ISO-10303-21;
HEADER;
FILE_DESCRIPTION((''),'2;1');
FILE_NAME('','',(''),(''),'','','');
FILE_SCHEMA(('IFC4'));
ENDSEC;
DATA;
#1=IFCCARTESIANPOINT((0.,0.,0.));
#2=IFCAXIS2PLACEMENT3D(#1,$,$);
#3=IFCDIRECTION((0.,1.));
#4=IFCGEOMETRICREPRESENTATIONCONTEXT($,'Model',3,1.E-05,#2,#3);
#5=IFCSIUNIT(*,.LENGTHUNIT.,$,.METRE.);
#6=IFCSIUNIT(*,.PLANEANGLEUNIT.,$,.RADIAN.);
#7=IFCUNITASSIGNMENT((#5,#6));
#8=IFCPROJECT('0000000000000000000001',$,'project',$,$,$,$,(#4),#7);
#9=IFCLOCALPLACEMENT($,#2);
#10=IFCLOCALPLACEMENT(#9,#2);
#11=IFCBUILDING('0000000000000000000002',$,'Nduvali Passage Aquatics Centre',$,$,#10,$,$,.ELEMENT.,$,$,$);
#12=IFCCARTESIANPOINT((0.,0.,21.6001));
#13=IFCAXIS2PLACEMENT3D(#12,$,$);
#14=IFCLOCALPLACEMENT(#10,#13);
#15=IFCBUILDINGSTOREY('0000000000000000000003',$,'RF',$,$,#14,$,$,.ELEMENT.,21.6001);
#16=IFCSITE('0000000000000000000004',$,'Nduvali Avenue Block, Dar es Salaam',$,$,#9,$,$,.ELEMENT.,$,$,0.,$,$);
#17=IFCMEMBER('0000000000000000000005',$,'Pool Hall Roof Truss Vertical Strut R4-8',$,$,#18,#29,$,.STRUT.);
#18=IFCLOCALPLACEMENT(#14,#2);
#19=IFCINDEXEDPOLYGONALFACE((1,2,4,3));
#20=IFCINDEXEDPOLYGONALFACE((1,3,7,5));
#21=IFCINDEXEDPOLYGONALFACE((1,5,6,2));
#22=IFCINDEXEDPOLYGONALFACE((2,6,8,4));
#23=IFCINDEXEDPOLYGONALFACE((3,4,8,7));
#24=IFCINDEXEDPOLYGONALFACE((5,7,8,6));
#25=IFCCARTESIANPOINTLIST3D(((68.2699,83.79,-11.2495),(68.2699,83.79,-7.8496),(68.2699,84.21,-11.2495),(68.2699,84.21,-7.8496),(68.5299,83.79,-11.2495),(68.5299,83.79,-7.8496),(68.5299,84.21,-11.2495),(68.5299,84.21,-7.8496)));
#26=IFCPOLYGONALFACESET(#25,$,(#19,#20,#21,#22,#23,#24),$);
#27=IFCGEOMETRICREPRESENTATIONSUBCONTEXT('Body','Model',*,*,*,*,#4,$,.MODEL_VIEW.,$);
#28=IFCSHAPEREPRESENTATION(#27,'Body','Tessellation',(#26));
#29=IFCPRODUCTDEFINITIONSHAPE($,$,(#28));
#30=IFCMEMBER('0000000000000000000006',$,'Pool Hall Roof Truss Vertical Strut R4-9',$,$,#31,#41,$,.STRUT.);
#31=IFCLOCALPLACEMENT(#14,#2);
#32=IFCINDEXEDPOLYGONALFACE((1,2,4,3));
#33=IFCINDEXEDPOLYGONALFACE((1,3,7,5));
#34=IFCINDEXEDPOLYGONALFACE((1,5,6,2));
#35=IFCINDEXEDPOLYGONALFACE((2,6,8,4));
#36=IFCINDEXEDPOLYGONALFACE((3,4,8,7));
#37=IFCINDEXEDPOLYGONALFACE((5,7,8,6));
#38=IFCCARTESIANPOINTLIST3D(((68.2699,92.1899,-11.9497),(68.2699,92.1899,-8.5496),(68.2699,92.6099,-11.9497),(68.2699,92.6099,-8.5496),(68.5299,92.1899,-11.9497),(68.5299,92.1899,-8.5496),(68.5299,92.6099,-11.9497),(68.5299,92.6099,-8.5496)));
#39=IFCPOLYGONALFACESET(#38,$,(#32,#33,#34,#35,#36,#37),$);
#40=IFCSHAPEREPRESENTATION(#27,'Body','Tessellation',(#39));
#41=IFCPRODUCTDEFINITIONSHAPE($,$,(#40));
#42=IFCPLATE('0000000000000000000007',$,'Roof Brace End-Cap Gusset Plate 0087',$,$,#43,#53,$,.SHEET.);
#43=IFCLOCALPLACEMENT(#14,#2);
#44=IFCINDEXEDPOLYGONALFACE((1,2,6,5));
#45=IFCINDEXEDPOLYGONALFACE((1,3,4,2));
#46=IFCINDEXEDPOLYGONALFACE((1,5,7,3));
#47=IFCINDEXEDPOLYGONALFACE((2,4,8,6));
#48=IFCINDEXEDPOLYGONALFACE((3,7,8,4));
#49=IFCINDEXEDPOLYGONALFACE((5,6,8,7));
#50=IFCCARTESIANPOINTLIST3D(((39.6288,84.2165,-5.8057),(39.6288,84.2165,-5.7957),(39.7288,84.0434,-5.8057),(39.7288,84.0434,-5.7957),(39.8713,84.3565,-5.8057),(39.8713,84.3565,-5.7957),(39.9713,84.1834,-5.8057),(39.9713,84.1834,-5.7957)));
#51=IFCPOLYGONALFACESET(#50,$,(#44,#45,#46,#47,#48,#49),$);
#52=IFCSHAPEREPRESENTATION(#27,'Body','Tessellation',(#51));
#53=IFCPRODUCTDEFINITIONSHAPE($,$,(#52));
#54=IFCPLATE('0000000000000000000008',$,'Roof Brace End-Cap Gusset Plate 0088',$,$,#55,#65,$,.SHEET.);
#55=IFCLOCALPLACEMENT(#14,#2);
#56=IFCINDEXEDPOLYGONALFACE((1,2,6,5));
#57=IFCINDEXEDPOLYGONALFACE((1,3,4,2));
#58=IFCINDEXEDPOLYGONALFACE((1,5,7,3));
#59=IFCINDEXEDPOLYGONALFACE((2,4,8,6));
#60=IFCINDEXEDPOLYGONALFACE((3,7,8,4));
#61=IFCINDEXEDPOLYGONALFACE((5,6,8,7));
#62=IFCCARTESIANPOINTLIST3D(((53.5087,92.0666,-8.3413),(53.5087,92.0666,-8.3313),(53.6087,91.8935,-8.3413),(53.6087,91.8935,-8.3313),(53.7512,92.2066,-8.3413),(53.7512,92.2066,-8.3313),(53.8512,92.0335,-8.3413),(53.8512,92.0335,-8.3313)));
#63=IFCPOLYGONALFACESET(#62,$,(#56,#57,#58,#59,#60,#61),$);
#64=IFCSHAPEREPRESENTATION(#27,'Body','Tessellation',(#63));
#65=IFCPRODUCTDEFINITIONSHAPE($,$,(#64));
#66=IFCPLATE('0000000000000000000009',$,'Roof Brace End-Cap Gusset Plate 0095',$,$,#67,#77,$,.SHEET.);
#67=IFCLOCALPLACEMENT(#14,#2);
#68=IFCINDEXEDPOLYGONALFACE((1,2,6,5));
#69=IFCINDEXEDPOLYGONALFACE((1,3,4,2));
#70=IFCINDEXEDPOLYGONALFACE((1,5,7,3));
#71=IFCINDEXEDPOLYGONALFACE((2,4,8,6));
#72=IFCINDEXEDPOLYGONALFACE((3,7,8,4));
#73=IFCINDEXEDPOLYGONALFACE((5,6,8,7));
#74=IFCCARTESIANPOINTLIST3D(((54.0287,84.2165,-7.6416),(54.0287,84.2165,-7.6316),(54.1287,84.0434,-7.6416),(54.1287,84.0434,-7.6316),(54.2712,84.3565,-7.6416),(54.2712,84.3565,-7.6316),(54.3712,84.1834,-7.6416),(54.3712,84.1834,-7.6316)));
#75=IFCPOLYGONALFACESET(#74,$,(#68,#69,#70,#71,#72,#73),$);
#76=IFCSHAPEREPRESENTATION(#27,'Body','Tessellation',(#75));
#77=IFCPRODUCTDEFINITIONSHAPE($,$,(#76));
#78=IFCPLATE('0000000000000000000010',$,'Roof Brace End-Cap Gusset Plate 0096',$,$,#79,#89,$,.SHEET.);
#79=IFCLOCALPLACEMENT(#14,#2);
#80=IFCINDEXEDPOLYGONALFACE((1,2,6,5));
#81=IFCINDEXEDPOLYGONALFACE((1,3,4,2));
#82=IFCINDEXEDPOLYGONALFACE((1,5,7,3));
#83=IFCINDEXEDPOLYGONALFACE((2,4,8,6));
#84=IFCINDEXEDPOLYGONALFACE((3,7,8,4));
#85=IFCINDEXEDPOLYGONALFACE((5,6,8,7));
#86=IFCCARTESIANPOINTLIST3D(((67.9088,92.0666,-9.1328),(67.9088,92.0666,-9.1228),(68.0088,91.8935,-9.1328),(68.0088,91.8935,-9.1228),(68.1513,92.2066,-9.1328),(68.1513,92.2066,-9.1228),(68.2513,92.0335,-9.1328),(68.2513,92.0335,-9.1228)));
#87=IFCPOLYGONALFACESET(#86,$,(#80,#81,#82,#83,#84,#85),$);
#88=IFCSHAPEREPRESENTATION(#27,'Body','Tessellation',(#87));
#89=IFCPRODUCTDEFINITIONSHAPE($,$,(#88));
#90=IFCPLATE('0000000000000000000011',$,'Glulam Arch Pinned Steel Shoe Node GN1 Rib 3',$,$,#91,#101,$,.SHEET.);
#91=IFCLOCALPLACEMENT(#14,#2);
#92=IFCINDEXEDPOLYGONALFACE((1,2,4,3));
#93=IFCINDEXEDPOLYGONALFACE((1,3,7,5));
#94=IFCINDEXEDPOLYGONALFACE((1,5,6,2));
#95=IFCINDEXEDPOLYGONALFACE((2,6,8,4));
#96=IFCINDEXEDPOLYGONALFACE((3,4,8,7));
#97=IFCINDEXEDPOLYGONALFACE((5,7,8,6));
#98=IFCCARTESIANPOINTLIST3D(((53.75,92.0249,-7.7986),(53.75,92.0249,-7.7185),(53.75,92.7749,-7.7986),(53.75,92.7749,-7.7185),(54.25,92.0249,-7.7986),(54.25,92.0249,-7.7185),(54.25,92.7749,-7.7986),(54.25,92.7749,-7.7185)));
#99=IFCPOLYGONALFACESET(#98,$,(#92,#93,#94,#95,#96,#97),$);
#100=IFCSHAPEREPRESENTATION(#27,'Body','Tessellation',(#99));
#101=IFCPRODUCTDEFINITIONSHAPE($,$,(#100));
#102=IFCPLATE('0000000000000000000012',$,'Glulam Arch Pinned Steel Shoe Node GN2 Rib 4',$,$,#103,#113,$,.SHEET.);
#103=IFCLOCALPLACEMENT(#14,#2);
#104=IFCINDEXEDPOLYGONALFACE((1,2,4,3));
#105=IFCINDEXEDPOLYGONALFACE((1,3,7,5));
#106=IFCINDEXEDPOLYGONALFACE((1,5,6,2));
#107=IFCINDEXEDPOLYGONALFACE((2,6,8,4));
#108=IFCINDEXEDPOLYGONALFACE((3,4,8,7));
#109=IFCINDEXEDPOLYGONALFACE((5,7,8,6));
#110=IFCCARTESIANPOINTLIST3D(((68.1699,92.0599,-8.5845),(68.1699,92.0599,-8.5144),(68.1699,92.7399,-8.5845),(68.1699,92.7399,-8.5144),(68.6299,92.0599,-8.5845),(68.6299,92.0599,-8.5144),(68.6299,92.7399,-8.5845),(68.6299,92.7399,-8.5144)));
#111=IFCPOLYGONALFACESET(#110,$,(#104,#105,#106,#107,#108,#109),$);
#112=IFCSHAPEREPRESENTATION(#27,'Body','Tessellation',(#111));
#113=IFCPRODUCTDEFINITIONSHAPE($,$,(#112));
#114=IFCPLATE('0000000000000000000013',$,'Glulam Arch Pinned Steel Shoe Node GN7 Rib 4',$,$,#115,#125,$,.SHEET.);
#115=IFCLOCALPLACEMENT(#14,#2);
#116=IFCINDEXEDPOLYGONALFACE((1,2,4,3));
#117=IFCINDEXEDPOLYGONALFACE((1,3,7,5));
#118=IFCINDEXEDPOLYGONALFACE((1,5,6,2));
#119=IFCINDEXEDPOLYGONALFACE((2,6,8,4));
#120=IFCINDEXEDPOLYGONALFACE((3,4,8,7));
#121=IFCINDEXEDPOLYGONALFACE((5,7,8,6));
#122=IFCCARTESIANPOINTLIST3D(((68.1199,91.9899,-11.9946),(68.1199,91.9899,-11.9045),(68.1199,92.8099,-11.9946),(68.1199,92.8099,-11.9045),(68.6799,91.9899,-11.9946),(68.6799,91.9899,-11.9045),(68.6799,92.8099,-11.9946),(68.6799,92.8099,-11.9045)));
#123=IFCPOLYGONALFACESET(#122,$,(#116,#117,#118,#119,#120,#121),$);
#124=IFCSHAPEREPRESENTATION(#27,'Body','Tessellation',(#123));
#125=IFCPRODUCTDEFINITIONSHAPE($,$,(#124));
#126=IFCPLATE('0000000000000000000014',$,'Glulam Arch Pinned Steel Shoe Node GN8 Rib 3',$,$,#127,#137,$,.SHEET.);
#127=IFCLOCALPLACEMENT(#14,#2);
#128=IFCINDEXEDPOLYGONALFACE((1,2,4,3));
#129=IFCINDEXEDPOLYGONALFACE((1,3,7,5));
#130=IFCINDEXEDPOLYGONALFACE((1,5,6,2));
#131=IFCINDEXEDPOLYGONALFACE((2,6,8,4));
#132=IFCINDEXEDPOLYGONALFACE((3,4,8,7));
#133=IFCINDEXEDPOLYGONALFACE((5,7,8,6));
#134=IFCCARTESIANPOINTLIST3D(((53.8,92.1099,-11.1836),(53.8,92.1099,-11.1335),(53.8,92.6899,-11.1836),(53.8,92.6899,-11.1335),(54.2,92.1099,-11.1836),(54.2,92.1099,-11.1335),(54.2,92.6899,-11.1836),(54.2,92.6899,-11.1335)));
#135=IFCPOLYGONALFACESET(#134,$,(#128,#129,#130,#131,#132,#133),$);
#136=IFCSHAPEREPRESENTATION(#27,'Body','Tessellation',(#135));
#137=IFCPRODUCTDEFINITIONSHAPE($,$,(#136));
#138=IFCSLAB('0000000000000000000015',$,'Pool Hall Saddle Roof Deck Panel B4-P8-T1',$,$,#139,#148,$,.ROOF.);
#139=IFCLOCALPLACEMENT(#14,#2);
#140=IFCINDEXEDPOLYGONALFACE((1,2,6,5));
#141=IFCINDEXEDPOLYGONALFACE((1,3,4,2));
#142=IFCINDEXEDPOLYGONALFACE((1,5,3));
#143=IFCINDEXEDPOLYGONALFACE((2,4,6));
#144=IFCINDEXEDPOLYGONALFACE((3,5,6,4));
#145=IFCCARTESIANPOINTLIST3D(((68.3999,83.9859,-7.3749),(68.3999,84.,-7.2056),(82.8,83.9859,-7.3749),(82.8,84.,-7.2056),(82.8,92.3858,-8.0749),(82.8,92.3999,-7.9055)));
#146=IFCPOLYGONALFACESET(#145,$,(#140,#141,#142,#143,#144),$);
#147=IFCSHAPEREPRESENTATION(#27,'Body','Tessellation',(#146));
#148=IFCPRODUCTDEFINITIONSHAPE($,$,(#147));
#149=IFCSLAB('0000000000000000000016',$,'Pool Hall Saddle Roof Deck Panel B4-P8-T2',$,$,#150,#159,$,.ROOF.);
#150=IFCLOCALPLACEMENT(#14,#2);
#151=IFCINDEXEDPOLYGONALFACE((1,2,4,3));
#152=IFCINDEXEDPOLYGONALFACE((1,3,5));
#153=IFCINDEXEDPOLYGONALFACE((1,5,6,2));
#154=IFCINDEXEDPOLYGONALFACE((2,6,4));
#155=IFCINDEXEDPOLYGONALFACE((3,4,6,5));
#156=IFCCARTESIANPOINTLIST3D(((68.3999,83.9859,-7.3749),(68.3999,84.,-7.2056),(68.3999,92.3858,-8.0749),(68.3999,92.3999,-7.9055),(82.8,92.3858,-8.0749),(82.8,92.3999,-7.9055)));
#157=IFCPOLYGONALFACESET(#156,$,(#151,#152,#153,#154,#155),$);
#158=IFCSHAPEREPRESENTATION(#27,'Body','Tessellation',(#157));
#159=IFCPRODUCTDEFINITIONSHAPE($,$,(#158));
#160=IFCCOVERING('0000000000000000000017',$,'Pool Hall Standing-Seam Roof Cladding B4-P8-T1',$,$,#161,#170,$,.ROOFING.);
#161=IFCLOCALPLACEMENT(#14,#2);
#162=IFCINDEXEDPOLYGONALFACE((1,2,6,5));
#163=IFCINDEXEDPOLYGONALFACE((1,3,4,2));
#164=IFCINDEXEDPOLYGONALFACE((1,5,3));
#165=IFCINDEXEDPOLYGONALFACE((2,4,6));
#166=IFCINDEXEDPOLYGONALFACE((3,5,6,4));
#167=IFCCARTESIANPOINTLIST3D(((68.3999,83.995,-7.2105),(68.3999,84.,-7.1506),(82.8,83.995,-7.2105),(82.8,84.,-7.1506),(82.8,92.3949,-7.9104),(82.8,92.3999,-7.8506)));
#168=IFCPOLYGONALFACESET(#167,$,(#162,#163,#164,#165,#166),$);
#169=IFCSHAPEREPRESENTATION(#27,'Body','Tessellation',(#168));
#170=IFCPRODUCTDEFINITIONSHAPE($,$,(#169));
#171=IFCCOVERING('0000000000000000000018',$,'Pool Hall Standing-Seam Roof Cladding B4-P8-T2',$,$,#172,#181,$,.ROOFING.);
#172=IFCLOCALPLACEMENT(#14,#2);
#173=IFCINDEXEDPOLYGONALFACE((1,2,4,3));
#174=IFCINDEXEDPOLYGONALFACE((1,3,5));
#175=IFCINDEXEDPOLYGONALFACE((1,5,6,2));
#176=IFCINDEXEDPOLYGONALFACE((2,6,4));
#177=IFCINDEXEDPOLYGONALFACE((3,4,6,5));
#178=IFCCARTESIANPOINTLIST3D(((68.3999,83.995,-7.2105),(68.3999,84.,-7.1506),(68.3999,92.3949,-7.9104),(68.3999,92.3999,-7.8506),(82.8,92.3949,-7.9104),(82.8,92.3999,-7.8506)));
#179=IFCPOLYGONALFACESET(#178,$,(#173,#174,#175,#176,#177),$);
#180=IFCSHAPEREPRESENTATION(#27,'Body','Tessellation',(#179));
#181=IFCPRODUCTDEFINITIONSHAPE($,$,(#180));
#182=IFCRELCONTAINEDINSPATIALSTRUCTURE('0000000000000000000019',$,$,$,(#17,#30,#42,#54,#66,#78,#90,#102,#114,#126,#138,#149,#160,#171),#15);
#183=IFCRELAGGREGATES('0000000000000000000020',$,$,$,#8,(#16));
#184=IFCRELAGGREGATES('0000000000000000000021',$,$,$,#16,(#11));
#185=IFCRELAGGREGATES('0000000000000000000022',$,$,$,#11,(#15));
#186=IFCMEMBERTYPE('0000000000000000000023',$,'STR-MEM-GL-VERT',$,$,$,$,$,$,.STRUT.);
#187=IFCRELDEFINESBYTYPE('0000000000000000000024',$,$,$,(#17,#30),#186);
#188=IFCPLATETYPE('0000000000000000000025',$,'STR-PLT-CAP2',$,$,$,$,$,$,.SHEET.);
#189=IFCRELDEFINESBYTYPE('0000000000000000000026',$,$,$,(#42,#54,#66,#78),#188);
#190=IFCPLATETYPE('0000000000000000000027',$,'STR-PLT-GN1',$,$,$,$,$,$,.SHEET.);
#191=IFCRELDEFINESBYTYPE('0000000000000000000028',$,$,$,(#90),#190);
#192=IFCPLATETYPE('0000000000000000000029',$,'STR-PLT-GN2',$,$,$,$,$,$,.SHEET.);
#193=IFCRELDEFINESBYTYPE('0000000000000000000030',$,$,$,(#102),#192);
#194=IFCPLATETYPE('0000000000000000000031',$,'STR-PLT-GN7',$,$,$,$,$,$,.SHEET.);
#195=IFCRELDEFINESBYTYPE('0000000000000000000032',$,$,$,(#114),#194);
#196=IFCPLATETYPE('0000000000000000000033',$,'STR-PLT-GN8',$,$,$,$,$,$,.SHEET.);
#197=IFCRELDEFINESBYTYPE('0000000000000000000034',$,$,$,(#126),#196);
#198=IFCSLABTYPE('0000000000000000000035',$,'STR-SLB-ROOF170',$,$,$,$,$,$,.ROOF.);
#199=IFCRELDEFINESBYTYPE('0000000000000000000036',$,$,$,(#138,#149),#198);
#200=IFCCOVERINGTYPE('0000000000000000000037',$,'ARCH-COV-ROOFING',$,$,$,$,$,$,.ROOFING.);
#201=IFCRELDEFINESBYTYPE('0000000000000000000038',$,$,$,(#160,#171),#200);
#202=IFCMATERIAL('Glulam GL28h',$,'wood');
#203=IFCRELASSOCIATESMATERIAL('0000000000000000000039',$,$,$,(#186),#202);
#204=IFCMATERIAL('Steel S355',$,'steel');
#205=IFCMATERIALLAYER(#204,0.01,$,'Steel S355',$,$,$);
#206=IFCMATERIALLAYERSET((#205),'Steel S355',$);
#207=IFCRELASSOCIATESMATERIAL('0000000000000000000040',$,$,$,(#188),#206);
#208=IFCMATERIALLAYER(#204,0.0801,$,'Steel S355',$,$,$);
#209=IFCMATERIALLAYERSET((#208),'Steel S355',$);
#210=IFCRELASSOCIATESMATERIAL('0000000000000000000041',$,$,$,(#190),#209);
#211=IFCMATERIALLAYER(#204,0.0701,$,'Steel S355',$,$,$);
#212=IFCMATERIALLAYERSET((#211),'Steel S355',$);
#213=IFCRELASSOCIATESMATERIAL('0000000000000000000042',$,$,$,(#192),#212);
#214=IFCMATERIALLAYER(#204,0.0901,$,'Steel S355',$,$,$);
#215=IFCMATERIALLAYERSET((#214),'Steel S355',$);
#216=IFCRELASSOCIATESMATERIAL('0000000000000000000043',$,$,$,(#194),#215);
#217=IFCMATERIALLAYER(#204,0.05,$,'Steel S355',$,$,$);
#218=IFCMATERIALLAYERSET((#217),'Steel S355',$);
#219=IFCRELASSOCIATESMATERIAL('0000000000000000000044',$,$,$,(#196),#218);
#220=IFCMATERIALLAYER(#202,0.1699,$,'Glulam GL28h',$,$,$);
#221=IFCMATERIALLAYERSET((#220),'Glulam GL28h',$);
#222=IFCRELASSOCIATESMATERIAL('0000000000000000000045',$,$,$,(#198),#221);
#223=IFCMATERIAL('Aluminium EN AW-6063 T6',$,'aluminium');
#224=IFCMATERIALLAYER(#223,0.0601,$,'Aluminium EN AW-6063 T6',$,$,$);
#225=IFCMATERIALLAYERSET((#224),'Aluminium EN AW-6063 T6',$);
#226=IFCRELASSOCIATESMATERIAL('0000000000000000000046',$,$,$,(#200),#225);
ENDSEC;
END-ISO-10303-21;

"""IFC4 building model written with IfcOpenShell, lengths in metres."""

from ifc_helpers import new_model, si_unit, direction, frame, origin, origin_2d, place, context, subcontext, project, spatial, polyline, rectangle, outline, extrude, material, layer, layer_set, material_profile, profile_set, type_object, element, save


model = new_model("IFC4")

# Units and contexts
model_context = context("Model", 3, precision=1e-05, world=origin(), true_north=direction((0.0, 1.0)))
body_context = subcontext(model_context, "Body", "Model", "MODEL_VIEW")
ifc_project = project(units=[si_unit("LENGTHUNIT", "METRE"), si_unit("PLANEANGLEUNIT", "RADIAN")], contexts=[model_context])

# Site, building, storey
site_placement = place(None, origin())
site = spatial("IfcSite", under=ifc_project, at=site_placement, Name="Nduvali Avenue Block, Dar es Salaam", CompositionType="ELEMENT", RefElevation=0.0)
building_placement = place(site_placement, origin())
building = spatial("IfcBuilding", under=site, at=building_placement, Name="Nduvali Passage Aquatics Centre", CompositionType="ELEMENT")
storey_placement = place(building_placement, frame((0.0, 0.0, 21.6001)))
storey = spatial("IfcBuildingStorey", under=building, at=storey_placement, Name="RF", CompositionType="ELEMENT", Elevation=21.6001)

# Shared definitions
ifc_material_1 = material(Name="Steel S355", Category="steel")

# Members
ifc_material_2 = material(Name="Glulam GL28h", Category="wood")
ifc_material_profile_1 = material_profile(ifc_material_2, rectangle(XDim=0.26, YDim=0.4199, at=origin_2d()), Name="GL28h 260x420")
ifc_profile_set_1 = profile_set([ifc_material_profile_1], Name="Glulam GL28h")
member_type_1 = type_object("IfcMemberType", Name="STR-MEM-GL-VERT", PredefinedType="STRUT", material=ifc_profile_set_1)
for number, where, z_axis, x_axis, name in (
    (1, (68.3999, 84.0, -11.2495), (0.0, 0.0, 1.0), (1.0, 0.0, 0.0), "Pool Hall Roof Truss Vertical Strut R4-8"),
):
    element("IfcMember", number, at=place(storey_placement, frame(where, z_axis=z_axis, x_axis=x_axis)), inside=storey, type_object=member_type_1, Name=name, PredefinedType="STRUT", context=body_context, shape_type="SweptSolid", body=[
        extrude(rectangle(XDim=0.26, YDim=0.4199, at=origin_2d()), origin(), (0.0, 0.0, 1.0), 3.3999),
    ])
member_1_placement = place(storey_placement, frame((68.3999, 92.3999, -11.9497), z_axis=(0.0, 0.0, 1.0), x_axis=(1.0, 0.0, 0.0)))
element("IfcMember", 2, at=member_1_placement, inside=storey, type_object=member_type_1, Name="Pool Hall Roof Truss Vertical Strut R4-9", PredefinedType="STRUT", context=body_context, shape_type="SweptSolid", body=[
    extrude(rectangle(XDim=0.26, YDim=0.4199, at=origin_2d()), origin(), (0.0, 0.0, 1.0), 3.4001),
])

# Plates
ifc_layer_1 = layer(ifc_material_1, 0.01, Name="Steel S355")
ifc_layer_set_1 = layer_set([ifc_layer_1], Name="Steel S355")
plate_type_1 = type_object("IfcPlateType", Name="STR-PLT-CAP2", PredefinedType="SHEET", material=ifc_layer_set_1)
for number, where, z_axis, x_axis, name in (
    (3, (39.8, 84.2, -5.8057), (0.0, 0.0, 1.0), (0.866025, 0.5, 0.0), "Roof Brace End-Cap Gusset Plate 0087"),
    (4, (53.6799, 92.05, -8.3413), (0.0, 0.0, 1.0), (0.866025, 0.5, 0.0), "Roof Brace End-Cap Gusset Plate 0088"),
    (5, (54.2, 84.2, -7.6416), (0.0, 0.0, 1.0), (0.866025, 0.5, 0.0), "Roof Brace End-Cap Gusset Plate 0095"),
    (6, (68.0801, 92.05, -9.1328), (0.0, 0.0, 1.0), (0.866025, 0.5, 0.0), "Roof Brace End-Cap Gusset Plate 0096"),
):
    element("IfcPlate", number, at=place(storey_placement, frame(where, z_axis=z_axis, x_axis=x_axis)), inside=storey, type_object=plate_type_1, Name=name, PredefinedType="SHEET", context=body_context, shape_type="SweptSolid", body=[
        extrude(rectangle(XDim=0.28, YDim=0.2, at=origin_2d()), origin(), (0.0, 0.0, 1.0), 0.01),
    ])
ifc_layer_2 = layer(ifc_material_1, 0.0801, Name="Steel S355")
ifc_layer_set_2 = layer_set([ifc_layer_2], Name="Steel S355")
plate_type_2 = type_object("IfcPlateType", Name="STR-PLT-GN1", PredefinedType="SHEET", material=ifc_layer_set_2)
plate_1_placement = place(storey_placement, frame((54.0, 92.3999, -7.7986), z_axis=(0.0, 0.0, 1.0), x_axis=(0.0, 1.0, 0.0)))
element("IfcPlate", 7, at=plate_1_placement, inside=storey, type_object=plate_type_2, Name="Glulam Arch Pinned Steel Shoe Node GN1 Rib 3", PredefinedType="SHEET", context=body_context, shape_type="SweptSolid", body=[
    extrude(rectangle(XDim=0.75, YDim=0.5, at=origin_2d()), origin(), (0.0, 0.0, 1.0), 0.0801),
])
ifc_layer_3 = layer(ifc_material_1, 0.0701, Name="Steel S355")
ifc_layer_set_3 = layer_set([ifc_layer_3], Name="Steel S355")
plate_type_3 = type_object("IfcPlateType", Name="STR-PLT-GN2", PredefinedType="SHEET", material=ifc_layer_set_3)
plate_2_placement = place(storey_placement, frame((68.3999, 92.3999, -8.5845), z_axis=(0.0, 0.0, 1.0), x_axis=(0.0, 1.0, 0.0)))
element("IfcPlate", 8, at=plate_2_placement, inside=storey, type_object=plate_type_3, Name="Glulam Arch Pinned Steel Shoe Node GN2 Rib 4", PredefinedType="SHEET", context=body_context, shape_type="SweptSolid", body=[
    extrude(rectangle(XDim=0.6799, YDim=0.46, at=origin_2d()), origin(), (0.0, 0.0, 1.0), 0.0701),
])
ifc_layer_4 = layer(ifc_material_1, 0.0901, Name="Steel S355")
ifc_layer_set_4 = layer_set([ifc_layer_4], Name="Steel S355")
plate_type_4 = type_object("IfcPlateType", Name="STR-PLT-GN7", PredefinedType="SHEET", material=ifc_layer_set_4)
plate_3_placement = place(storey_placement, frame((68.3999, 92.3999, -11.9946), z_axis=(0.0, 0.0, 1.0), x_axis=(0.0, 1.0, 0.0)))
element("IfcPlate", 9, at=plate_3_placement, inside=storey, type_object=plate_type_4, Name="Glulam Arch Pinned Steel Shoe Node GN7 Rib 4", PredefinedType="SHEET", context=body_context, shape_type="SweptSolid", body=[
    extrude(rectangle(XDim=0.8201, YDim=0.5601, at=origin_2d()), origin(), (0.0, 0.0, 1.0), 0.0901),
])
ifc_layer_5 = layer(ifc_material_1, 0.05, Name="Steel S355")
ifc_layer_set_5 = layer_set([ifc_layer_5], Name="Steel S355")
plate_type_5 = type_object("IfcPlateType", Name="STR-PLT-GN8", PredefinedType="SHEET", material=ifc_layer_set_5)
plate_4_placement = place(storey_placement, frame((54.0, 92.3999, -11.1836), z_axis=(0.0, 0.0, 1.0), x_axis=(0.0, 1.0, 0.0)))
element("IfcPlate", 10, at=plate_4_placement, inside=storey, type_object=plate_type_5, Name="Glulam Arch Pinned Steel Shoe Node GN8 Rib 3", PredefinedType="SHEET", context=body_context, shape_type="SweptSolid", body=[
    extrude(rectangle(XDim=0.5801, YDim=0.3999, at=origin_2d()), origin(), (0.0, 0.0, 1.0), 0.05),
])

# Slabs
ifc_layer_6 = layer(ifc_material_2, 0.1699, Name="Glulam GL28h")
ifc_layer_set_6 = layer_set([ifc_layer_6], Name="Glulam GL28h")
slab_type = type_object("IfcSlabType", Name="STR-SLB-ROOF170", PredefinedType="ROOF", material=ifc_layer_set_6)
slab_1_placement = place(storey_placement, frame((68.3999, 84.0, -7.2056), z_axis=(0.0, 0.083041, 0.996546), x_axis=(1.0, 0.0, 0.0)))
element("IfcSlab", 11, at=slab_1_placement, inside=storey, type_object=slab_type, Name="Pool Hall Saddle Roof Deck Panel B4-P8-T1", PredefinedType="ROOF", context=body_context, shape_type="SweptSolid", body=[
    extrude(outline(polyline([(0.0, 0.0), (14.4001, 0.0), (14.4001, 8.429), (0.0, 0.0)])), origin(), (0.0, 0.0, -1.0), 0.1699),
])
slab_2_placement = place(storey_placement, frame((68.3999, 84.0, -7.2056), z_axis=(0.0, 0.083041, 0.996546), x_axis=(0.863023, 0.503419, -0.041949)))
element("IfcSlab", 12, at=slab_2_placement, inside=storey, type_object=slab_type, Name="Pool Hall Saddle Roof Deck Panel B4-P8-T2", PredefinedType="ROOF", context=body_context, shape_type="SweptSolid", body=[
    extrude(outline(polyline([(0.0, 0.0), (16.6857, 0.0), (4.258, 7.2744), (0.0, 0.0)])), origin(), (0.0, 0.0, -1.0), 0.1699),
])

# Coverings
ifc_material_3 = material(Name="Aluminium EN AW-6063 T6", Category="aluminium")
ifc_layer_7 = layer(ifc_material_3, 0.0601, Name="Aluminium EN AW-6063 T6")
ifc_layer_set_7 = layer_set([ifc_layer_7], Name="Aluminium EN AW-6063 T6")
covering_type = type_object("IfcCoveringType", Name="ARCH-COV-ROOFING", PredefinedType="ROOFING", material=ifc_layer_set_7)
covering_1_placement = place(storey_placement, frame((68.3999, 84.0, -7.1506), z_axis=(0.0, 0.083041, 0.996546), x_axis=(1.0, 0.0, 0.0)))
element("IfcCovering", 13, at=covering_1_placement, inside=storey, type_object=covering_type, Name="Pool Hall Standing-Seam Roof Cladding B4-P8-T1", PredefinedType="ROOFING", context=body_context, shape_type="SweptSolid", body=[
    extrude(outline(polyline([(0.0, 0.0), (14.4001, 0.0), (14.4001, 8.429), (0.0, 0.0)])), origin(), (0.0, 0.0, -1.0), 0.0601),
])
covering_2_placement = place(storey_placement, frame((68.3999, 84.0, -7.1506), z_axis=(0.0, 0.083041, 0.996546), x_axis=(0.863023, 0.503419, -0.041949)))
element("IfcCovering", 14, at=covering_2_placement, inside=storey, type_object=covering_type, Name="Pool Hall Standing-Seam Roof Cladding B4-P8-T2", PredefinedType="ROOFING", context=body_context, shape_type="SweptSolid", body=[
    extrude(outline(polyline([(0.0, 0.0), (16.6857, 0.0), (4.258, 7.2744), (0.0, 0.0)])), origin(), (0.0, 0.0, -1.0), 0.0601),
])

save(model, "model.ifc")
